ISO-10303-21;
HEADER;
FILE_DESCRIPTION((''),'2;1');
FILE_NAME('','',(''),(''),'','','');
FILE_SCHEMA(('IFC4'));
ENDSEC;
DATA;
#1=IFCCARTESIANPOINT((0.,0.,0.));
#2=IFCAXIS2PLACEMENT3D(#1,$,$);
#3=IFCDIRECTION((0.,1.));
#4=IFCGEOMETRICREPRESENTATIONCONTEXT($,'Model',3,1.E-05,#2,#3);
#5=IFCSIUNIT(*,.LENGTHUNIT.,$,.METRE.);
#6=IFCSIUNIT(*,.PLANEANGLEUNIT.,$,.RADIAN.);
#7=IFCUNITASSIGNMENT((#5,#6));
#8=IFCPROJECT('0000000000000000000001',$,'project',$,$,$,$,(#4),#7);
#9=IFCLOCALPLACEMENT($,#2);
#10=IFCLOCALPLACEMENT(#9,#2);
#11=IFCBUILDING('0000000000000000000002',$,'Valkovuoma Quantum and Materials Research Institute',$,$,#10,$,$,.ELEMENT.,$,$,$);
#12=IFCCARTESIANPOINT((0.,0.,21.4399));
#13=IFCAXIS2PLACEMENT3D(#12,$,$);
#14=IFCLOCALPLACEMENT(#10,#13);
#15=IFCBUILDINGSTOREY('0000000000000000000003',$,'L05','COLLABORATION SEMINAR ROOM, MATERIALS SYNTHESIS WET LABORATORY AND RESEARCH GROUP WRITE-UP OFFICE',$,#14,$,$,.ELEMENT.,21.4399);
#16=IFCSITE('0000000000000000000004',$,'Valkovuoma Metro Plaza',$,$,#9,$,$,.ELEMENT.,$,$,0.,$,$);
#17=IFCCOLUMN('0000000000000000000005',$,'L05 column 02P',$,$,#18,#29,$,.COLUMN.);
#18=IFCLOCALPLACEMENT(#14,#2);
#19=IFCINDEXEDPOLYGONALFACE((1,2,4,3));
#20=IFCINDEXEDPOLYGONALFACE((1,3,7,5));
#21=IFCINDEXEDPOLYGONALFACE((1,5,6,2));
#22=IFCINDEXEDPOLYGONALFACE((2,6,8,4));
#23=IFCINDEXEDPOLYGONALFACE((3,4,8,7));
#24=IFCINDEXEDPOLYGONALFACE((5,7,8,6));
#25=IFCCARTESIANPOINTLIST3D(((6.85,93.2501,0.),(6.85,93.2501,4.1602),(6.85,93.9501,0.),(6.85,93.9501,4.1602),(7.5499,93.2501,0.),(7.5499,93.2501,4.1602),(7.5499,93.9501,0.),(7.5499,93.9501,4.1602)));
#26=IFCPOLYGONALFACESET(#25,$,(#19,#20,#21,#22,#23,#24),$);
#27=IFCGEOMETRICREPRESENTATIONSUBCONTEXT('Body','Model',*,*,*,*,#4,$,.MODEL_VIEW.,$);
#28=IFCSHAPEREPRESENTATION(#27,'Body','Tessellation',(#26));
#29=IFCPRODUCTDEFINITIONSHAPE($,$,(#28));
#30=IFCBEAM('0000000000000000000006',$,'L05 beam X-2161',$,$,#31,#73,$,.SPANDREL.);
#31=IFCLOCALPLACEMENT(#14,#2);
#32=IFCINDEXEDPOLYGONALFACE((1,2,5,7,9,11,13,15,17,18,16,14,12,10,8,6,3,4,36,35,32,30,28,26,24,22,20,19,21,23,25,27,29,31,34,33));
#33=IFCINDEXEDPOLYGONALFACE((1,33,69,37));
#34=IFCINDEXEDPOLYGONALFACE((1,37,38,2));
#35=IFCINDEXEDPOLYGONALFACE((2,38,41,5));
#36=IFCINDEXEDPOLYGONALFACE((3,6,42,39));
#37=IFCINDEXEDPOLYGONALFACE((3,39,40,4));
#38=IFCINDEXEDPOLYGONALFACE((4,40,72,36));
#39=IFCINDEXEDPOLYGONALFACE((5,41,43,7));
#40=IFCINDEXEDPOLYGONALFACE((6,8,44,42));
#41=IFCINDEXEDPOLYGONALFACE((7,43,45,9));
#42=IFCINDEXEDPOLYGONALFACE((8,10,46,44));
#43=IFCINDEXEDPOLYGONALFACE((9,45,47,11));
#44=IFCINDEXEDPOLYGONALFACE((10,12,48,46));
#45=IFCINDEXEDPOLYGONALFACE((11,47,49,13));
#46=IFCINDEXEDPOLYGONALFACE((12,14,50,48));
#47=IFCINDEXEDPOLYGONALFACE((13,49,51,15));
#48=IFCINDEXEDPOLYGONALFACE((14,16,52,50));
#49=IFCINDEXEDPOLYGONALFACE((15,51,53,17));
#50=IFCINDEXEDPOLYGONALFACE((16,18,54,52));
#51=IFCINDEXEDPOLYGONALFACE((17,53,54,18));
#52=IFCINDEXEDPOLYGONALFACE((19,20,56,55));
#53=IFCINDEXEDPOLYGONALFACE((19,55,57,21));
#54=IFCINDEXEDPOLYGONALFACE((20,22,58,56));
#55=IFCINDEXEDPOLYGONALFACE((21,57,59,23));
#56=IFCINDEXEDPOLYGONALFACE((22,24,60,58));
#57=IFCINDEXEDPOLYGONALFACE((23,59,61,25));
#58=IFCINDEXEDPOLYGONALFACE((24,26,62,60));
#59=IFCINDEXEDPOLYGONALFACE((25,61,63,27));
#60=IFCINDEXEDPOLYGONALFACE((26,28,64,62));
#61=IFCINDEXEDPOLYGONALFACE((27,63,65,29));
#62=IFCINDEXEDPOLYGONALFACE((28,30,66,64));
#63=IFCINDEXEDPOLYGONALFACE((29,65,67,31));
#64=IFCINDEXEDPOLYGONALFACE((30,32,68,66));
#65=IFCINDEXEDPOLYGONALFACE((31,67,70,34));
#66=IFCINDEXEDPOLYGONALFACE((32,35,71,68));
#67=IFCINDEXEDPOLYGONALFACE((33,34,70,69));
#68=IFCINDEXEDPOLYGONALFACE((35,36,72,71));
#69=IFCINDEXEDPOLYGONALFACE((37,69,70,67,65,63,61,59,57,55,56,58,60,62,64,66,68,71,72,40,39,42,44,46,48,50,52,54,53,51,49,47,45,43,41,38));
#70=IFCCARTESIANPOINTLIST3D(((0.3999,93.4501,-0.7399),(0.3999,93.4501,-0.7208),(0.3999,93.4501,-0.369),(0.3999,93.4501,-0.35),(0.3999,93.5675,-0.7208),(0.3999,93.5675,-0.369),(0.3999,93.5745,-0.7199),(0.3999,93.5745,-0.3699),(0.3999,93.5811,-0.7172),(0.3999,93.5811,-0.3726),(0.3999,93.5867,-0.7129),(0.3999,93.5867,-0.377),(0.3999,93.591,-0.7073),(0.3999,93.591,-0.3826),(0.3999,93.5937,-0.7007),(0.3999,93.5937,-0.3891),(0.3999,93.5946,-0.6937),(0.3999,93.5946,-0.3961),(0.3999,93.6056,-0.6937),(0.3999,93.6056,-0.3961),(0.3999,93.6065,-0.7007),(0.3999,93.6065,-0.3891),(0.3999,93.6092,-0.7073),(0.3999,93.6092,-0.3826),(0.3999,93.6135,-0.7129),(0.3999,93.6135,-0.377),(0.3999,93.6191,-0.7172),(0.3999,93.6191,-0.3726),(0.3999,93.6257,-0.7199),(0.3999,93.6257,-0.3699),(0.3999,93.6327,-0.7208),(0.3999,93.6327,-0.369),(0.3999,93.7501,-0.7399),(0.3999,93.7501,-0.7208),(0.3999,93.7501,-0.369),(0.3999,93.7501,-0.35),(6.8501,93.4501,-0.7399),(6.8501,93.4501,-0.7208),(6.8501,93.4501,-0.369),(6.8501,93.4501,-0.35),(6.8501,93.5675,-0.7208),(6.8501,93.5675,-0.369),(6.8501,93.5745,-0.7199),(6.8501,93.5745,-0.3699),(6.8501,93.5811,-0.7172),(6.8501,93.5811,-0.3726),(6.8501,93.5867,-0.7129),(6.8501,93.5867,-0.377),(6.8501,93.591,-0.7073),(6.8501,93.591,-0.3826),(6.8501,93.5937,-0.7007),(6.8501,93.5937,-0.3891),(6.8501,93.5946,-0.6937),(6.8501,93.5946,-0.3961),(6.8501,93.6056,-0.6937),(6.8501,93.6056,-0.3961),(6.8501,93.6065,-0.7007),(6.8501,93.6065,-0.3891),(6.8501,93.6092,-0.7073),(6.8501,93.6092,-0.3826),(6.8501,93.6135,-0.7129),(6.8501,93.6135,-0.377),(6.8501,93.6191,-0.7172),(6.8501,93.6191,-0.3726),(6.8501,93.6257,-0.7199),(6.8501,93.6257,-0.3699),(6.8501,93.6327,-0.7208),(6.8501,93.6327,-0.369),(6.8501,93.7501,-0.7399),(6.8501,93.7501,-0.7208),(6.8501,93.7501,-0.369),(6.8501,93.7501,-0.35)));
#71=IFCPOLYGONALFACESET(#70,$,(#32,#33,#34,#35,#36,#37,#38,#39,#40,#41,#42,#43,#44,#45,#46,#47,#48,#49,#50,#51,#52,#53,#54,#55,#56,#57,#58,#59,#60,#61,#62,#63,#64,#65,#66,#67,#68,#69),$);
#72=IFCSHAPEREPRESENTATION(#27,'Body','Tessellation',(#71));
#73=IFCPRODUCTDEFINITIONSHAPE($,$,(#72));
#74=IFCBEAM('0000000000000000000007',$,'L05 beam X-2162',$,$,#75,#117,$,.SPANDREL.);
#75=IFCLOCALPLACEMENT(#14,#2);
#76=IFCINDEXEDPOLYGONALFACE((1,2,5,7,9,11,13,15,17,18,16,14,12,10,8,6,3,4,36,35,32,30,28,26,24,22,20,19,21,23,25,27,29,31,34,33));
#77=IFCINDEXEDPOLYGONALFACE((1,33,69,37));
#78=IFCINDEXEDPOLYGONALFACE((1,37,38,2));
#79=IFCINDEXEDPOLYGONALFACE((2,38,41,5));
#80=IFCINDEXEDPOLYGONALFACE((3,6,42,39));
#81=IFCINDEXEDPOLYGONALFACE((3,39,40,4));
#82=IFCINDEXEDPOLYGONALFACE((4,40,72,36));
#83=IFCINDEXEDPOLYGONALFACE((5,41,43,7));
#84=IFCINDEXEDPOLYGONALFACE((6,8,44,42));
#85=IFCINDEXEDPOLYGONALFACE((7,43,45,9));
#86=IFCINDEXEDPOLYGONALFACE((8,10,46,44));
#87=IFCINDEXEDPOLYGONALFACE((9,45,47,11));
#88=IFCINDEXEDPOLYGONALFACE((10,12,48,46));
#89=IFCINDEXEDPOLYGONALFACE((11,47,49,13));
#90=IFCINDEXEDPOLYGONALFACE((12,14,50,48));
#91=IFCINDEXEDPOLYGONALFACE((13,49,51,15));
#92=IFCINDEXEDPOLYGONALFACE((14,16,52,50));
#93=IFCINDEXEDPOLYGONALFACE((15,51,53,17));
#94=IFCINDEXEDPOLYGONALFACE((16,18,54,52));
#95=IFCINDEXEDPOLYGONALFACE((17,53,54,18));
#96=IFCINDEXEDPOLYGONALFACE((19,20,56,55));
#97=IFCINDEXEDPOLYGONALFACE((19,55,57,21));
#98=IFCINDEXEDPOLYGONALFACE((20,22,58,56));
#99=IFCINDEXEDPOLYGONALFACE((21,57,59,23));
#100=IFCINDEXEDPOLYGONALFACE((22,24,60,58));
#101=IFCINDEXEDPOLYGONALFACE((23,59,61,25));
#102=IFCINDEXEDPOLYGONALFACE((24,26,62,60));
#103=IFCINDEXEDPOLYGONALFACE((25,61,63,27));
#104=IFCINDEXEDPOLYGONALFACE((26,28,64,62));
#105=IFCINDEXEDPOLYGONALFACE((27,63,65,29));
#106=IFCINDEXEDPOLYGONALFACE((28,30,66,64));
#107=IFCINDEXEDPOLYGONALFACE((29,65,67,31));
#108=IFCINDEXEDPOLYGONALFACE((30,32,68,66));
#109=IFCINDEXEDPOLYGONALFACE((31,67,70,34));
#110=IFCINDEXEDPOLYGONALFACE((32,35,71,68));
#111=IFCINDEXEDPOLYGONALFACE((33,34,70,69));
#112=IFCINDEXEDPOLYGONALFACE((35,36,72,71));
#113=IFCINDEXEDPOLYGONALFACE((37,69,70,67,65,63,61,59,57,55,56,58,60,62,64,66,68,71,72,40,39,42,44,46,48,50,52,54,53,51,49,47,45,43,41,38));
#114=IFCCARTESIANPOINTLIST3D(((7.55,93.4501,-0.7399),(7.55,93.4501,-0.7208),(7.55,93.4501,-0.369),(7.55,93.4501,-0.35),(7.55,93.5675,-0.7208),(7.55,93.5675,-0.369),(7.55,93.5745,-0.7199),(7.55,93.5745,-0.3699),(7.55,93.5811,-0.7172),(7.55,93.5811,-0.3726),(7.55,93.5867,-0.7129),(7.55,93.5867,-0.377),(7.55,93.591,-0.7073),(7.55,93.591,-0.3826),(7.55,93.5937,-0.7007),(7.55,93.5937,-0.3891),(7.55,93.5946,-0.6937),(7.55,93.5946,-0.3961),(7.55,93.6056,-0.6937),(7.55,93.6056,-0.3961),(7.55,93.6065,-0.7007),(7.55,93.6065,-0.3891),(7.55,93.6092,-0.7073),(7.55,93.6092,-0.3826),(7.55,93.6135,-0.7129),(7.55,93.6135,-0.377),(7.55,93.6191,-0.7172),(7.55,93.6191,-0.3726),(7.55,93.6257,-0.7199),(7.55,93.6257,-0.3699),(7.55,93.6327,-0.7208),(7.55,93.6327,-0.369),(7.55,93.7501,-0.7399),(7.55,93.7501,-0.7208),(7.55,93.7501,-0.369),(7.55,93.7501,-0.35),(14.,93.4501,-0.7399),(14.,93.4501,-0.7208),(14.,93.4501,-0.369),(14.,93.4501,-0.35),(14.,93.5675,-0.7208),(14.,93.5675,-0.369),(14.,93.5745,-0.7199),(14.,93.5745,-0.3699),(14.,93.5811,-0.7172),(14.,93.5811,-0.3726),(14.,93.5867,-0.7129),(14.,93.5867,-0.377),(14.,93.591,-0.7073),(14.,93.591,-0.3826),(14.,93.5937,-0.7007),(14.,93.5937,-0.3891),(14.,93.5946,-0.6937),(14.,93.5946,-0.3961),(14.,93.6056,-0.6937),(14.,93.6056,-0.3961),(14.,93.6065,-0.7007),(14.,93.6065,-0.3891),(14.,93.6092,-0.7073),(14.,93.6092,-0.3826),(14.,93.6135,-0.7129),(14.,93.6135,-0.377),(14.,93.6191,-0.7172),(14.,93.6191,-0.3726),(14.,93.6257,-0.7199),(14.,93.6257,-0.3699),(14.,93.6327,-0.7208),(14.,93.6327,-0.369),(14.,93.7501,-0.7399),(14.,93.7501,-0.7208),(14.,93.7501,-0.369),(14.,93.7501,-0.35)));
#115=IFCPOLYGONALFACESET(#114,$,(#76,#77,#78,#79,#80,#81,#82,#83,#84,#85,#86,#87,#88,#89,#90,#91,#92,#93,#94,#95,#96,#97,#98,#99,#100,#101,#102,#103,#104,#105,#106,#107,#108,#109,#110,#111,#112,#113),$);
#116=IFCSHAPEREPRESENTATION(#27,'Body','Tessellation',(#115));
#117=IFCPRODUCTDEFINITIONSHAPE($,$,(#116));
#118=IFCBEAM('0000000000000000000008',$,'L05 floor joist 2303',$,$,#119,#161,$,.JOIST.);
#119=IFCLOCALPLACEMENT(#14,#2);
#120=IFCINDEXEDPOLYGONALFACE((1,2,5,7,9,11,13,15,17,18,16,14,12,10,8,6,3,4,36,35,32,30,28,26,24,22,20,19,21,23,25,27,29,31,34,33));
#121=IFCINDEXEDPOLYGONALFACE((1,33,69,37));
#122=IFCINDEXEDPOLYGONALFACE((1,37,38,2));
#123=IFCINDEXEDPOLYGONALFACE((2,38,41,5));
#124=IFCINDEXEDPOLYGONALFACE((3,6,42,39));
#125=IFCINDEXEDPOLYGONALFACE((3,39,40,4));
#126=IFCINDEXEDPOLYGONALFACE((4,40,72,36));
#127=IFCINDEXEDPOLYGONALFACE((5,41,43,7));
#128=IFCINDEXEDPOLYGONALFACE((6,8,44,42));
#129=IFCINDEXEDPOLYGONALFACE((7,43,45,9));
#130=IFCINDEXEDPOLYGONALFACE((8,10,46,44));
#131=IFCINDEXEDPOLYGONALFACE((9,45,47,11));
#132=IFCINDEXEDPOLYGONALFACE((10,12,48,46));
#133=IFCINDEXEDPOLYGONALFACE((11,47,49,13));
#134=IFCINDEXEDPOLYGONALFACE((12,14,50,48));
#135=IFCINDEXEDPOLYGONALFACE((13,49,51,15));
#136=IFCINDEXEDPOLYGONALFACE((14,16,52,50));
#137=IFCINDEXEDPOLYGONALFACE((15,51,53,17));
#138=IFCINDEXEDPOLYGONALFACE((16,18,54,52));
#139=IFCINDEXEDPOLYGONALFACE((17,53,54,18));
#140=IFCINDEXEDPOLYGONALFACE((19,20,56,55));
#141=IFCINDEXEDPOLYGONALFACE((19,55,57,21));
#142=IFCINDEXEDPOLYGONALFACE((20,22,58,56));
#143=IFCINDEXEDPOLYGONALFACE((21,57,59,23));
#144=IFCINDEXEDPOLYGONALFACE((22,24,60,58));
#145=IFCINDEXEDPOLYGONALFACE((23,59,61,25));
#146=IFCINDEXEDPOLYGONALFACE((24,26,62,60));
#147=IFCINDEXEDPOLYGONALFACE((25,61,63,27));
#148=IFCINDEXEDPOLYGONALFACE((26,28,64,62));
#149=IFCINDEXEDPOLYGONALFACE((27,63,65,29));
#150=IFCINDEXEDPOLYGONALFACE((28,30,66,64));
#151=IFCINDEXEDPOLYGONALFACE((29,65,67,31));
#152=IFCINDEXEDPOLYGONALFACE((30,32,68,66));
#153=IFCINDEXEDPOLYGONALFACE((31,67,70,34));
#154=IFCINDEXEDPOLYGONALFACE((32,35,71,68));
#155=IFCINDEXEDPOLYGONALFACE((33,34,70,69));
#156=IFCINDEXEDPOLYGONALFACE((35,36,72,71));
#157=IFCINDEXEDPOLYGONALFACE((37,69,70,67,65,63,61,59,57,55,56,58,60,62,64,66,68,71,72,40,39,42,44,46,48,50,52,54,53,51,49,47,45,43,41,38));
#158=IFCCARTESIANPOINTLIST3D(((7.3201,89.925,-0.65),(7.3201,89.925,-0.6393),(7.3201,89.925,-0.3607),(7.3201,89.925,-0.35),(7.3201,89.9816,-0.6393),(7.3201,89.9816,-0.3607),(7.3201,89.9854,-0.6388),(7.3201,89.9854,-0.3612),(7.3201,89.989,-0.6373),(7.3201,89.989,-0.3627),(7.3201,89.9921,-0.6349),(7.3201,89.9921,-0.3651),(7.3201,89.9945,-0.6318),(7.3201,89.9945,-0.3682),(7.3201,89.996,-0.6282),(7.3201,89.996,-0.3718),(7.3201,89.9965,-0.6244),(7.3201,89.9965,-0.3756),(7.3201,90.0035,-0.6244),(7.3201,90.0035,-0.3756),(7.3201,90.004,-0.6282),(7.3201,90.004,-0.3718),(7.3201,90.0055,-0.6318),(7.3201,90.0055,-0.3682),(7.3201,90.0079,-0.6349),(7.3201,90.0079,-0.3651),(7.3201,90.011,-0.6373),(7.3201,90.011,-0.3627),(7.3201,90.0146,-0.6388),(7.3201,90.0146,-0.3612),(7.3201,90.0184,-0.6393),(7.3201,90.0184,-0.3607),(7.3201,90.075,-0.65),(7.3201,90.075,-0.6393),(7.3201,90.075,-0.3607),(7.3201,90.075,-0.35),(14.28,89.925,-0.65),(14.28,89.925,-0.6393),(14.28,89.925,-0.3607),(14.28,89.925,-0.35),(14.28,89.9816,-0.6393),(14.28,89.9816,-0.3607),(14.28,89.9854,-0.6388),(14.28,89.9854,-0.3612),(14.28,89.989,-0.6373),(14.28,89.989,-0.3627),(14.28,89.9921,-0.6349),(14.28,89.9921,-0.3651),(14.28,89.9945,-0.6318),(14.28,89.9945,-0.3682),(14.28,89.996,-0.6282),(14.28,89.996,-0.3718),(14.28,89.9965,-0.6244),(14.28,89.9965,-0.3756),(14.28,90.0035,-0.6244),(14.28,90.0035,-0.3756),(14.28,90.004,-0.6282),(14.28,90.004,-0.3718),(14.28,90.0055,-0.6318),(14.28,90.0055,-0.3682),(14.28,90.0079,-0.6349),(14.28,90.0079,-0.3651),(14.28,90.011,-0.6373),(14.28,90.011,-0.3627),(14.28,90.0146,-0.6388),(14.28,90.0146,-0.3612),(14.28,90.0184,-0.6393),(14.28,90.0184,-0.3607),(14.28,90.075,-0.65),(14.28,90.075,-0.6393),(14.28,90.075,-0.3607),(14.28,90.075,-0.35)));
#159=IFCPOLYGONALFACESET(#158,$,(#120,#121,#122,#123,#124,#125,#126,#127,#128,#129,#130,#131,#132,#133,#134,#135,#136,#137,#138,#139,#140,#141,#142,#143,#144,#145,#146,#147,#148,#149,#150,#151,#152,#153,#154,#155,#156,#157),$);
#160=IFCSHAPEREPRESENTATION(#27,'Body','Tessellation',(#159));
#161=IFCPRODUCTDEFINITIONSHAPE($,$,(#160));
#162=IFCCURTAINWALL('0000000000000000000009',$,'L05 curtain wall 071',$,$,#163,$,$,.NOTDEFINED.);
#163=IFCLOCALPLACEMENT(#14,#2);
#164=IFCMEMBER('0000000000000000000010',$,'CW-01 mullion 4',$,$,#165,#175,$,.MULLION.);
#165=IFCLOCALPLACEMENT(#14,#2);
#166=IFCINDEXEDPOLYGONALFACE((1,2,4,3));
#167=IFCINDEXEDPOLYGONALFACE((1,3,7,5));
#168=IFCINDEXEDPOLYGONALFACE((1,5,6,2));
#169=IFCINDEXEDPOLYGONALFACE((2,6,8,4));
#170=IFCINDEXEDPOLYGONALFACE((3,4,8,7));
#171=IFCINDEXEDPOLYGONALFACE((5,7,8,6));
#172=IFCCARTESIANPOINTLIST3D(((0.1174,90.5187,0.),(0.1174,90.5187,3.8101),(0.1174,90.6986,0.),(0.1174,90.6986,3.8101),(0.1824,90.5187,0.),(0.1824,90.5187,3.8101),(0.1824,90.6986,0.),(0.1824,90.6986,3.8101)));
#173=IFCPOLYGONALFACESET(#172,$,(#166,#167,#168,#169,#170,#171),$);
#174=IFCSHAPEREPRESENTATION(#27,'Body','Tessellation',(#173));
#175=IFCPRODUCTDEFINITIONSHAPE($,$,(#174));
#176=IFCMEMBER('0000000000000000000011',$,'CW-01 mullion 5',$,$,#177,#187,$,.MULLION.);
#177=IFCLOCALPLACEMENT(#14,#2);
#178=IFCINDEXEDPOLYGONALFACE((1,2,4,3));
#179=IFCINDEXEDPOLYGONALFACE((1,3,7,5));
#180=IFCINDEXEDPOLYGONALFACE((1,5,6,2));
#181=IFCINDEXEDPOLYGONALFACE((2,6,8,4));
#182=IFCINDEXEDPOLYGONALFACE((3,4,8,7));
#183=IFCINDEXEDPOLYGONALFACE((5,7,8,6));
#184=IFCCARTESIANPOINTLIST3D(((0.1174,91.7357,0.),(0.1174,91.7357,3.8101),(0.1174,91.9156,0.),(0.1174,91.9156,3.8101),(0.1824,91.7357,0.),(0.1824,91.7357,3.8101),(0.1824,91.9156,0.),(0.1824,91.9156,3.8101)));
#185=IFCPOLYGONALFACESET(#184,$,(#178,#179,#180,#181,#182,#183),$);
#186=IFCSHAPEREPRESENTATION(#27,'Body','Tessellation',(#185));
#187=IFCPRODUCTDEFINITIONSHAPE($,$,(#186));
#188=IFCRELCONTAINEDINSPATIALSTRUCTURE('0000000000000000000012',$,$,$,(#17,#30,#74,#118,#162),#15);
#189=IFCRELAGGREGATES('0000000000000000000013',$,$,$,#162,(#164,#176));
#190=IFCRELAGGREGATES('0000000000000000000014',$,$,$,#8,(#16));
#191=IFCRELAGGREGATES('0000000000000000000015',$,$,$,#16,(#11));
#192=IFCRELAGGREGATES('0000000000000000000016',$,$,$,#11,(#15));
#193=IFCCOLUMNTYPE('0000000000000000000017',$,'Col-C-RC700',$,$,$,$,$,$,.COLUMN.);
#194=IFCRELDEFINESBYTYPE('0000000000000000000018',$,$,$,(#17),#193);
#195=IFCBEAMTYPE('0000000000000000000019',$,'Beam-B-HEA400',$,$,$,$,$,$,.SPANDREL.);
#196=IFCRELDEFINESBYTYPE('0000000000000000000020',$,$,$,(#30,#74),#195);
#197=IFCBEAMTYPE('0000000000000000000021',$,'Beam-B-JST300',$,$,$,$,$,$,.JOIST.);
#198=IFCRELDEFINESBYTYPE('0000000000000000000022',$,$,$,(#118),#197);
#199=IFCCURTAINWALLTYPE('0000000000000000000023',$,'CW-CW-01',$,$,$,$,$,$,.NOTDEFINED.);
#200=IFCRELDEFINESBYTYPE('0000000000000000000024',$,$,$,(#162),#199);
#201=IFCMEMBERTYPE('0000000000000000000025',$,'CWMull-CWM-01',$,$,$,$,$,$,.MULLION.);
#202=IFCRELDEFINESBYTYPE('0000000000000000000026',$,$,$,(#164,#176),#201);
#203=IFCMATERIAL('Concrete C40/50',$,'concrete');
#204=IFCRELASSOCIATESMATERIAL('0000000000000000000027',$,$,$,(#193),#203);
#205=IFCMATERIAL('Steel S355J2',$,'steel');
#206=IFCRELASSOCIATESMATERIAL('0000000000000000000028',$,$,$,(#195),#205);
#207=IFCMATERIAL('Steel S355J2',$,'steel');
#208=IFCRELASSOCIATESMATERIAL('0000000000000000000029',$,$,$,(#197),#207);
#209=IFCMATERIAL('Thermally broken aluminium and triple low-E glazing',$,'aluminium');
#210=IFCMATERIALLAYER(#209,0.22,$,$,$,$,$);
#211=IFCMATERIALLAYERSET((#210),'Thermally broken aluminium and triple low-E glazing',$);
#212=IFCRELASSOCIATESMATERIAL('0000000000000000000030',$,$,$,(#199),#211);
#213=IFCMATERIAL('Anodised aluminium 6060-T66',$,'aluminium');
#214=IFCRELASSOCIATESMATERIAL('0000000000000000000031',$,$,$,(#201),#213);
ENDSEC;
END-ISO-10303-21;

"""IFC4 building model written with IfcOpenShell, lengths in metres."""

from ifc_helpers import new_model, si_unit, direction, frame, origin, origin_2d, place, context, subcontext, project, spatial, rectangle, i_section, extrude, material, layer, layer_set, material_profile, profile_set, type_object, element, aggregate, save


model = new_model("IFC4")

# Units and contexts
model_context = context("Model", 3, precision=1e-05, world=origin(), true_north=direction((0.0, 1.0)))
body_context = subcontext(model_context, "Body", "Model", "MODEL_VIEW")
ifc_project = project(units=[si_unit("LENGTHUNIT", "METRE"), si_unit("PLANEANGLEUNIT", "RADIAN")], contexts=[model_context])

# Site, building, storey
site_placement = place(None, origin())
site = spatial("IfcSite", under=ifc_project, at=site_placement, Name="Valkovuoma Metro Plaza", CompositionType="ELEMENT", RefElevation=0.0)
building_placement = place(site_placement, origin())
building = spatial("IfcBuilding", under=site, at=building_placement, Name="Valkovuoma Quantum and Materials Research Institute", CompositionType="ELEMENT")
storey_placement = place(building_placement, frame((0.0, 0.0, 21.4399)))
storey = spatial("IfcBuildingStorey", under=building, at=storey_placement, Name="L05", Description="COLLABORATION SEMINAR ROOM, MATERIALS SYNTHESIS WET LABORATORY AND RESEARCH GROUP WRITE-UP OFFICE", CompositionType="ELEMENT", Elevation=21.4399)

# Column
ifc_material_1 = material(Name="Concrete C40/50", Category="concrete")
ifc_material_profile_1 = material_profile(ifc_material_1, rectangle(XDim=0.7, YDim=0.7, at=origin_2d()), Name="Concrete C40/50")
ifc_profile_set_1 = profile_set([ifc_material_profile_1], Name="Concrete C40/50")
column_type = type_object("IfcColumnType", Name="Col-C-RC700", PredefinedType="COLUMN", material=ifc_profile_set_1)
column_placement = place(storey_placement, frame((7.2, 93.6001, 0.0), z_axis=(0.0, 0.0, 1.0), x_axis=(1.0, 0.0, 0.0)))
element("IfcColumn", 1, at=column_placement, inside=storey, type_object=column_type, Name="L05 column 02P", PredefinedType="COLUMN", context=body_context, shape_type="SweptSolid", body=[
    extrude(rectangle(XDim=0.7, YDim=0.7, at=origin_2d()), origin(), (0.0, 0.0, 1.0), 4.1602),
])

# Beams
ifc_material_2 = material(Name="Steel S355J2", Category="steel")
ifc_material_profile_2 = material_profile(ifc_material_2, i_section(OverallWidth=0.3, OverallDepth=0.3899, WebThickness=0.011, FlangeThickness=0.019, FilletRadius=0.0271, at=origin_2d()), Name="Steel S355J2")
ifc_profile_set_2 = profile_set([ifc_material_profile_2], Name="Steel S355J2")
beam_type_1 = type_object("IfcBeamType", Name="Beam-B-HEA400", PredefinedType="SPANDREL", material=ifc_profile_set_2)
beam_1_placement = place(storey_placement, frame((0.3999, 93.6001, -0.5449), z_axis=(1.0, 0.0, 0.0), x_axis=(0.0, 1.0, 0.0)))
element("IfcBeam", 2, at=beam_1_placement, inside=storey, type_object=beam_type_1, Name="L05 beam X-2161", PredefinedType="SPANDREL", context=body_context, shape_type="SweptSolid", body=[
    extrude(i_section(OverallWidth=0.3, OverallDepth=0.3899, WebThickness=0.011, FlangeThickness=0.019, FilletRadius=0.0271, at=origin_2d()), origin(), (0.0, 0.0, 1.0), 6.4502),
])
beam_2_placement = place(storey_placement, frame((7.55, 93.6001, -0.5449), z_axis=(1.0, 0.0, 0.0), x_axis=(0.0, 1.0, 0.0)))
element("IfcBeam", 3, at=beam_2_placement, inside=storey, type_object=beam_type_1, Name="L05 beam X-2162", PredefinedType="SPANDREL", context=body_context, shape_type="SweptSolid", body=[
    extrude(i_section(OverallWidth=0.3, OverallDepth=0.3899, WebThickness=0.011, FlangeThickness=0.019, FilletRadius=0.0271, at=origin_2d()), origin(), (0.0, 0.0, 1.0), 6.45),
])
ifc_material_3 = material(Name="Steel S355J2", Category="steel")
ifc_material_profile_3 = material_profile(ifc_material_3, i_section(OverallWidth=0.1499, OverallDepth=0.3, WebThickness=0.0071, FlangeThickness=0.0107, FilletRadius=0.0149, at=origin_2d()), Name="Steel S355J2")
ifc_profile_set_3 = profile_set([ifc_material_profile_3], Name="Steel S355J2")
beam_type_2 = type_object("IfcBeamType", Name="Beam-B-JST300", PredefinedType="JOIST", material=ifc_profile_set_3)
beam_3_placement = place(storey_placement, frame((7.3201, 90.0, -0.5), z_axis=(1.0, 0.0, 0.0), x_axis=(0.0, 1.0, 0.0)))
element("IfcBeam", 4, at=beam_3_placement, inside=storey, type_object=beam_type_2, Name="L05 floor joist 2303", PredefinedType="JOIST", context=body_context, shape_type="SweptSolid", body=[
    extrude(i_section(OverallWidth=0.1499, OverallDepth=0.3, WebThickness=0.0071, FlangeThickness=0.0107, FilletRadius=0.0149, at=origin_2d()), origin(), (0.0, 0.0, 1.0), 6.96),
])

# Curtain wall, members
ifc_material_4 = material(Name="Thermally broken aluminium and triple low-E glazing", Category="aluminium")
ifc_layer_1 = layer(ifc_material_4, 0.22)
ifc_layer_set_1 = layer_set([ifc_layer_1], Name="Thermally broken aluminium and triple low-E glazing")
curtain_wall_type = type_object("IfcCurtainWallType", Name="CW-CW-01", PredefinedType="NOTDEFINED", material=ifc_layer_set_1)
curtain_wall_placement = place(storey_placement, origin())
curtain_wall = element("IfcCurtainWall", 5, at=curtain_wall_placement, inside=storey, type_object=curtain_wall_type, Name="L05 curtain wall 071", PredefinedType="NOTDEFINED")
ifc_material_5 = material(Name="Anodised aluminium 6060-T66", Category="aluminium")
ifc_material_profile_4 = material_profile(ifc_material_5, rectangle(XDim=0.0649, YDim=0.1799, at=origin_2d()), Name="Anodised aluminium 6060-T66")
ifc_profile_set_4 = profile_set([ifc_material_profile_4], Name="Anodised aluminium 6060-T66")
member_type_1 = type_object("IfcMemberType", Name="CWMull-CWM-01", PredefinedType="MULLION", material=ifc_profile_set_4)
member_1_placement = place(storey_placement, frame((0.1499, 90.6086, 0.0), z_axis=(0.0, 0.0, 1.0), x_axis=(-1.0, 0.0, 0.0)))
member_1 = element("IfcMember", 6, at=member_1_placement, type_object=member_type_1, Name="CW-01 mullion 4", PredefinedType="MULLION", context=body_context, shape_type="SweptSolid", body=[
    extrude(rectangle(XDim=0.0649, YDim=0.1799, at=origin_2d()), origin(), (0.0, 0.0, 1.0), 3.8101),
])
member_2_placement = place(storey_placement, frame((0.1499, 91.8257, 0.0), z_axis=(0.0, 0.0, 1.0), x_axis=(-1.0, 0.0, 0.0)))
member_2 = element("IfcMember", 7, at=member_2_placement, type_object=member_type_1, Name="CW-01 mullion 5", PredefinedType="MULLION", context=body_context, shape_type="SweptSolid", body=[
    extrude(rectangle(XDim=0.0649, YDim=0.1799, at=origin_2d()), origin(), (0.0, 0.0, 1.0), 3.8101),
])
aggregate(curtain_wall, [member_1, member_2])

save(model, "model.ifc")
